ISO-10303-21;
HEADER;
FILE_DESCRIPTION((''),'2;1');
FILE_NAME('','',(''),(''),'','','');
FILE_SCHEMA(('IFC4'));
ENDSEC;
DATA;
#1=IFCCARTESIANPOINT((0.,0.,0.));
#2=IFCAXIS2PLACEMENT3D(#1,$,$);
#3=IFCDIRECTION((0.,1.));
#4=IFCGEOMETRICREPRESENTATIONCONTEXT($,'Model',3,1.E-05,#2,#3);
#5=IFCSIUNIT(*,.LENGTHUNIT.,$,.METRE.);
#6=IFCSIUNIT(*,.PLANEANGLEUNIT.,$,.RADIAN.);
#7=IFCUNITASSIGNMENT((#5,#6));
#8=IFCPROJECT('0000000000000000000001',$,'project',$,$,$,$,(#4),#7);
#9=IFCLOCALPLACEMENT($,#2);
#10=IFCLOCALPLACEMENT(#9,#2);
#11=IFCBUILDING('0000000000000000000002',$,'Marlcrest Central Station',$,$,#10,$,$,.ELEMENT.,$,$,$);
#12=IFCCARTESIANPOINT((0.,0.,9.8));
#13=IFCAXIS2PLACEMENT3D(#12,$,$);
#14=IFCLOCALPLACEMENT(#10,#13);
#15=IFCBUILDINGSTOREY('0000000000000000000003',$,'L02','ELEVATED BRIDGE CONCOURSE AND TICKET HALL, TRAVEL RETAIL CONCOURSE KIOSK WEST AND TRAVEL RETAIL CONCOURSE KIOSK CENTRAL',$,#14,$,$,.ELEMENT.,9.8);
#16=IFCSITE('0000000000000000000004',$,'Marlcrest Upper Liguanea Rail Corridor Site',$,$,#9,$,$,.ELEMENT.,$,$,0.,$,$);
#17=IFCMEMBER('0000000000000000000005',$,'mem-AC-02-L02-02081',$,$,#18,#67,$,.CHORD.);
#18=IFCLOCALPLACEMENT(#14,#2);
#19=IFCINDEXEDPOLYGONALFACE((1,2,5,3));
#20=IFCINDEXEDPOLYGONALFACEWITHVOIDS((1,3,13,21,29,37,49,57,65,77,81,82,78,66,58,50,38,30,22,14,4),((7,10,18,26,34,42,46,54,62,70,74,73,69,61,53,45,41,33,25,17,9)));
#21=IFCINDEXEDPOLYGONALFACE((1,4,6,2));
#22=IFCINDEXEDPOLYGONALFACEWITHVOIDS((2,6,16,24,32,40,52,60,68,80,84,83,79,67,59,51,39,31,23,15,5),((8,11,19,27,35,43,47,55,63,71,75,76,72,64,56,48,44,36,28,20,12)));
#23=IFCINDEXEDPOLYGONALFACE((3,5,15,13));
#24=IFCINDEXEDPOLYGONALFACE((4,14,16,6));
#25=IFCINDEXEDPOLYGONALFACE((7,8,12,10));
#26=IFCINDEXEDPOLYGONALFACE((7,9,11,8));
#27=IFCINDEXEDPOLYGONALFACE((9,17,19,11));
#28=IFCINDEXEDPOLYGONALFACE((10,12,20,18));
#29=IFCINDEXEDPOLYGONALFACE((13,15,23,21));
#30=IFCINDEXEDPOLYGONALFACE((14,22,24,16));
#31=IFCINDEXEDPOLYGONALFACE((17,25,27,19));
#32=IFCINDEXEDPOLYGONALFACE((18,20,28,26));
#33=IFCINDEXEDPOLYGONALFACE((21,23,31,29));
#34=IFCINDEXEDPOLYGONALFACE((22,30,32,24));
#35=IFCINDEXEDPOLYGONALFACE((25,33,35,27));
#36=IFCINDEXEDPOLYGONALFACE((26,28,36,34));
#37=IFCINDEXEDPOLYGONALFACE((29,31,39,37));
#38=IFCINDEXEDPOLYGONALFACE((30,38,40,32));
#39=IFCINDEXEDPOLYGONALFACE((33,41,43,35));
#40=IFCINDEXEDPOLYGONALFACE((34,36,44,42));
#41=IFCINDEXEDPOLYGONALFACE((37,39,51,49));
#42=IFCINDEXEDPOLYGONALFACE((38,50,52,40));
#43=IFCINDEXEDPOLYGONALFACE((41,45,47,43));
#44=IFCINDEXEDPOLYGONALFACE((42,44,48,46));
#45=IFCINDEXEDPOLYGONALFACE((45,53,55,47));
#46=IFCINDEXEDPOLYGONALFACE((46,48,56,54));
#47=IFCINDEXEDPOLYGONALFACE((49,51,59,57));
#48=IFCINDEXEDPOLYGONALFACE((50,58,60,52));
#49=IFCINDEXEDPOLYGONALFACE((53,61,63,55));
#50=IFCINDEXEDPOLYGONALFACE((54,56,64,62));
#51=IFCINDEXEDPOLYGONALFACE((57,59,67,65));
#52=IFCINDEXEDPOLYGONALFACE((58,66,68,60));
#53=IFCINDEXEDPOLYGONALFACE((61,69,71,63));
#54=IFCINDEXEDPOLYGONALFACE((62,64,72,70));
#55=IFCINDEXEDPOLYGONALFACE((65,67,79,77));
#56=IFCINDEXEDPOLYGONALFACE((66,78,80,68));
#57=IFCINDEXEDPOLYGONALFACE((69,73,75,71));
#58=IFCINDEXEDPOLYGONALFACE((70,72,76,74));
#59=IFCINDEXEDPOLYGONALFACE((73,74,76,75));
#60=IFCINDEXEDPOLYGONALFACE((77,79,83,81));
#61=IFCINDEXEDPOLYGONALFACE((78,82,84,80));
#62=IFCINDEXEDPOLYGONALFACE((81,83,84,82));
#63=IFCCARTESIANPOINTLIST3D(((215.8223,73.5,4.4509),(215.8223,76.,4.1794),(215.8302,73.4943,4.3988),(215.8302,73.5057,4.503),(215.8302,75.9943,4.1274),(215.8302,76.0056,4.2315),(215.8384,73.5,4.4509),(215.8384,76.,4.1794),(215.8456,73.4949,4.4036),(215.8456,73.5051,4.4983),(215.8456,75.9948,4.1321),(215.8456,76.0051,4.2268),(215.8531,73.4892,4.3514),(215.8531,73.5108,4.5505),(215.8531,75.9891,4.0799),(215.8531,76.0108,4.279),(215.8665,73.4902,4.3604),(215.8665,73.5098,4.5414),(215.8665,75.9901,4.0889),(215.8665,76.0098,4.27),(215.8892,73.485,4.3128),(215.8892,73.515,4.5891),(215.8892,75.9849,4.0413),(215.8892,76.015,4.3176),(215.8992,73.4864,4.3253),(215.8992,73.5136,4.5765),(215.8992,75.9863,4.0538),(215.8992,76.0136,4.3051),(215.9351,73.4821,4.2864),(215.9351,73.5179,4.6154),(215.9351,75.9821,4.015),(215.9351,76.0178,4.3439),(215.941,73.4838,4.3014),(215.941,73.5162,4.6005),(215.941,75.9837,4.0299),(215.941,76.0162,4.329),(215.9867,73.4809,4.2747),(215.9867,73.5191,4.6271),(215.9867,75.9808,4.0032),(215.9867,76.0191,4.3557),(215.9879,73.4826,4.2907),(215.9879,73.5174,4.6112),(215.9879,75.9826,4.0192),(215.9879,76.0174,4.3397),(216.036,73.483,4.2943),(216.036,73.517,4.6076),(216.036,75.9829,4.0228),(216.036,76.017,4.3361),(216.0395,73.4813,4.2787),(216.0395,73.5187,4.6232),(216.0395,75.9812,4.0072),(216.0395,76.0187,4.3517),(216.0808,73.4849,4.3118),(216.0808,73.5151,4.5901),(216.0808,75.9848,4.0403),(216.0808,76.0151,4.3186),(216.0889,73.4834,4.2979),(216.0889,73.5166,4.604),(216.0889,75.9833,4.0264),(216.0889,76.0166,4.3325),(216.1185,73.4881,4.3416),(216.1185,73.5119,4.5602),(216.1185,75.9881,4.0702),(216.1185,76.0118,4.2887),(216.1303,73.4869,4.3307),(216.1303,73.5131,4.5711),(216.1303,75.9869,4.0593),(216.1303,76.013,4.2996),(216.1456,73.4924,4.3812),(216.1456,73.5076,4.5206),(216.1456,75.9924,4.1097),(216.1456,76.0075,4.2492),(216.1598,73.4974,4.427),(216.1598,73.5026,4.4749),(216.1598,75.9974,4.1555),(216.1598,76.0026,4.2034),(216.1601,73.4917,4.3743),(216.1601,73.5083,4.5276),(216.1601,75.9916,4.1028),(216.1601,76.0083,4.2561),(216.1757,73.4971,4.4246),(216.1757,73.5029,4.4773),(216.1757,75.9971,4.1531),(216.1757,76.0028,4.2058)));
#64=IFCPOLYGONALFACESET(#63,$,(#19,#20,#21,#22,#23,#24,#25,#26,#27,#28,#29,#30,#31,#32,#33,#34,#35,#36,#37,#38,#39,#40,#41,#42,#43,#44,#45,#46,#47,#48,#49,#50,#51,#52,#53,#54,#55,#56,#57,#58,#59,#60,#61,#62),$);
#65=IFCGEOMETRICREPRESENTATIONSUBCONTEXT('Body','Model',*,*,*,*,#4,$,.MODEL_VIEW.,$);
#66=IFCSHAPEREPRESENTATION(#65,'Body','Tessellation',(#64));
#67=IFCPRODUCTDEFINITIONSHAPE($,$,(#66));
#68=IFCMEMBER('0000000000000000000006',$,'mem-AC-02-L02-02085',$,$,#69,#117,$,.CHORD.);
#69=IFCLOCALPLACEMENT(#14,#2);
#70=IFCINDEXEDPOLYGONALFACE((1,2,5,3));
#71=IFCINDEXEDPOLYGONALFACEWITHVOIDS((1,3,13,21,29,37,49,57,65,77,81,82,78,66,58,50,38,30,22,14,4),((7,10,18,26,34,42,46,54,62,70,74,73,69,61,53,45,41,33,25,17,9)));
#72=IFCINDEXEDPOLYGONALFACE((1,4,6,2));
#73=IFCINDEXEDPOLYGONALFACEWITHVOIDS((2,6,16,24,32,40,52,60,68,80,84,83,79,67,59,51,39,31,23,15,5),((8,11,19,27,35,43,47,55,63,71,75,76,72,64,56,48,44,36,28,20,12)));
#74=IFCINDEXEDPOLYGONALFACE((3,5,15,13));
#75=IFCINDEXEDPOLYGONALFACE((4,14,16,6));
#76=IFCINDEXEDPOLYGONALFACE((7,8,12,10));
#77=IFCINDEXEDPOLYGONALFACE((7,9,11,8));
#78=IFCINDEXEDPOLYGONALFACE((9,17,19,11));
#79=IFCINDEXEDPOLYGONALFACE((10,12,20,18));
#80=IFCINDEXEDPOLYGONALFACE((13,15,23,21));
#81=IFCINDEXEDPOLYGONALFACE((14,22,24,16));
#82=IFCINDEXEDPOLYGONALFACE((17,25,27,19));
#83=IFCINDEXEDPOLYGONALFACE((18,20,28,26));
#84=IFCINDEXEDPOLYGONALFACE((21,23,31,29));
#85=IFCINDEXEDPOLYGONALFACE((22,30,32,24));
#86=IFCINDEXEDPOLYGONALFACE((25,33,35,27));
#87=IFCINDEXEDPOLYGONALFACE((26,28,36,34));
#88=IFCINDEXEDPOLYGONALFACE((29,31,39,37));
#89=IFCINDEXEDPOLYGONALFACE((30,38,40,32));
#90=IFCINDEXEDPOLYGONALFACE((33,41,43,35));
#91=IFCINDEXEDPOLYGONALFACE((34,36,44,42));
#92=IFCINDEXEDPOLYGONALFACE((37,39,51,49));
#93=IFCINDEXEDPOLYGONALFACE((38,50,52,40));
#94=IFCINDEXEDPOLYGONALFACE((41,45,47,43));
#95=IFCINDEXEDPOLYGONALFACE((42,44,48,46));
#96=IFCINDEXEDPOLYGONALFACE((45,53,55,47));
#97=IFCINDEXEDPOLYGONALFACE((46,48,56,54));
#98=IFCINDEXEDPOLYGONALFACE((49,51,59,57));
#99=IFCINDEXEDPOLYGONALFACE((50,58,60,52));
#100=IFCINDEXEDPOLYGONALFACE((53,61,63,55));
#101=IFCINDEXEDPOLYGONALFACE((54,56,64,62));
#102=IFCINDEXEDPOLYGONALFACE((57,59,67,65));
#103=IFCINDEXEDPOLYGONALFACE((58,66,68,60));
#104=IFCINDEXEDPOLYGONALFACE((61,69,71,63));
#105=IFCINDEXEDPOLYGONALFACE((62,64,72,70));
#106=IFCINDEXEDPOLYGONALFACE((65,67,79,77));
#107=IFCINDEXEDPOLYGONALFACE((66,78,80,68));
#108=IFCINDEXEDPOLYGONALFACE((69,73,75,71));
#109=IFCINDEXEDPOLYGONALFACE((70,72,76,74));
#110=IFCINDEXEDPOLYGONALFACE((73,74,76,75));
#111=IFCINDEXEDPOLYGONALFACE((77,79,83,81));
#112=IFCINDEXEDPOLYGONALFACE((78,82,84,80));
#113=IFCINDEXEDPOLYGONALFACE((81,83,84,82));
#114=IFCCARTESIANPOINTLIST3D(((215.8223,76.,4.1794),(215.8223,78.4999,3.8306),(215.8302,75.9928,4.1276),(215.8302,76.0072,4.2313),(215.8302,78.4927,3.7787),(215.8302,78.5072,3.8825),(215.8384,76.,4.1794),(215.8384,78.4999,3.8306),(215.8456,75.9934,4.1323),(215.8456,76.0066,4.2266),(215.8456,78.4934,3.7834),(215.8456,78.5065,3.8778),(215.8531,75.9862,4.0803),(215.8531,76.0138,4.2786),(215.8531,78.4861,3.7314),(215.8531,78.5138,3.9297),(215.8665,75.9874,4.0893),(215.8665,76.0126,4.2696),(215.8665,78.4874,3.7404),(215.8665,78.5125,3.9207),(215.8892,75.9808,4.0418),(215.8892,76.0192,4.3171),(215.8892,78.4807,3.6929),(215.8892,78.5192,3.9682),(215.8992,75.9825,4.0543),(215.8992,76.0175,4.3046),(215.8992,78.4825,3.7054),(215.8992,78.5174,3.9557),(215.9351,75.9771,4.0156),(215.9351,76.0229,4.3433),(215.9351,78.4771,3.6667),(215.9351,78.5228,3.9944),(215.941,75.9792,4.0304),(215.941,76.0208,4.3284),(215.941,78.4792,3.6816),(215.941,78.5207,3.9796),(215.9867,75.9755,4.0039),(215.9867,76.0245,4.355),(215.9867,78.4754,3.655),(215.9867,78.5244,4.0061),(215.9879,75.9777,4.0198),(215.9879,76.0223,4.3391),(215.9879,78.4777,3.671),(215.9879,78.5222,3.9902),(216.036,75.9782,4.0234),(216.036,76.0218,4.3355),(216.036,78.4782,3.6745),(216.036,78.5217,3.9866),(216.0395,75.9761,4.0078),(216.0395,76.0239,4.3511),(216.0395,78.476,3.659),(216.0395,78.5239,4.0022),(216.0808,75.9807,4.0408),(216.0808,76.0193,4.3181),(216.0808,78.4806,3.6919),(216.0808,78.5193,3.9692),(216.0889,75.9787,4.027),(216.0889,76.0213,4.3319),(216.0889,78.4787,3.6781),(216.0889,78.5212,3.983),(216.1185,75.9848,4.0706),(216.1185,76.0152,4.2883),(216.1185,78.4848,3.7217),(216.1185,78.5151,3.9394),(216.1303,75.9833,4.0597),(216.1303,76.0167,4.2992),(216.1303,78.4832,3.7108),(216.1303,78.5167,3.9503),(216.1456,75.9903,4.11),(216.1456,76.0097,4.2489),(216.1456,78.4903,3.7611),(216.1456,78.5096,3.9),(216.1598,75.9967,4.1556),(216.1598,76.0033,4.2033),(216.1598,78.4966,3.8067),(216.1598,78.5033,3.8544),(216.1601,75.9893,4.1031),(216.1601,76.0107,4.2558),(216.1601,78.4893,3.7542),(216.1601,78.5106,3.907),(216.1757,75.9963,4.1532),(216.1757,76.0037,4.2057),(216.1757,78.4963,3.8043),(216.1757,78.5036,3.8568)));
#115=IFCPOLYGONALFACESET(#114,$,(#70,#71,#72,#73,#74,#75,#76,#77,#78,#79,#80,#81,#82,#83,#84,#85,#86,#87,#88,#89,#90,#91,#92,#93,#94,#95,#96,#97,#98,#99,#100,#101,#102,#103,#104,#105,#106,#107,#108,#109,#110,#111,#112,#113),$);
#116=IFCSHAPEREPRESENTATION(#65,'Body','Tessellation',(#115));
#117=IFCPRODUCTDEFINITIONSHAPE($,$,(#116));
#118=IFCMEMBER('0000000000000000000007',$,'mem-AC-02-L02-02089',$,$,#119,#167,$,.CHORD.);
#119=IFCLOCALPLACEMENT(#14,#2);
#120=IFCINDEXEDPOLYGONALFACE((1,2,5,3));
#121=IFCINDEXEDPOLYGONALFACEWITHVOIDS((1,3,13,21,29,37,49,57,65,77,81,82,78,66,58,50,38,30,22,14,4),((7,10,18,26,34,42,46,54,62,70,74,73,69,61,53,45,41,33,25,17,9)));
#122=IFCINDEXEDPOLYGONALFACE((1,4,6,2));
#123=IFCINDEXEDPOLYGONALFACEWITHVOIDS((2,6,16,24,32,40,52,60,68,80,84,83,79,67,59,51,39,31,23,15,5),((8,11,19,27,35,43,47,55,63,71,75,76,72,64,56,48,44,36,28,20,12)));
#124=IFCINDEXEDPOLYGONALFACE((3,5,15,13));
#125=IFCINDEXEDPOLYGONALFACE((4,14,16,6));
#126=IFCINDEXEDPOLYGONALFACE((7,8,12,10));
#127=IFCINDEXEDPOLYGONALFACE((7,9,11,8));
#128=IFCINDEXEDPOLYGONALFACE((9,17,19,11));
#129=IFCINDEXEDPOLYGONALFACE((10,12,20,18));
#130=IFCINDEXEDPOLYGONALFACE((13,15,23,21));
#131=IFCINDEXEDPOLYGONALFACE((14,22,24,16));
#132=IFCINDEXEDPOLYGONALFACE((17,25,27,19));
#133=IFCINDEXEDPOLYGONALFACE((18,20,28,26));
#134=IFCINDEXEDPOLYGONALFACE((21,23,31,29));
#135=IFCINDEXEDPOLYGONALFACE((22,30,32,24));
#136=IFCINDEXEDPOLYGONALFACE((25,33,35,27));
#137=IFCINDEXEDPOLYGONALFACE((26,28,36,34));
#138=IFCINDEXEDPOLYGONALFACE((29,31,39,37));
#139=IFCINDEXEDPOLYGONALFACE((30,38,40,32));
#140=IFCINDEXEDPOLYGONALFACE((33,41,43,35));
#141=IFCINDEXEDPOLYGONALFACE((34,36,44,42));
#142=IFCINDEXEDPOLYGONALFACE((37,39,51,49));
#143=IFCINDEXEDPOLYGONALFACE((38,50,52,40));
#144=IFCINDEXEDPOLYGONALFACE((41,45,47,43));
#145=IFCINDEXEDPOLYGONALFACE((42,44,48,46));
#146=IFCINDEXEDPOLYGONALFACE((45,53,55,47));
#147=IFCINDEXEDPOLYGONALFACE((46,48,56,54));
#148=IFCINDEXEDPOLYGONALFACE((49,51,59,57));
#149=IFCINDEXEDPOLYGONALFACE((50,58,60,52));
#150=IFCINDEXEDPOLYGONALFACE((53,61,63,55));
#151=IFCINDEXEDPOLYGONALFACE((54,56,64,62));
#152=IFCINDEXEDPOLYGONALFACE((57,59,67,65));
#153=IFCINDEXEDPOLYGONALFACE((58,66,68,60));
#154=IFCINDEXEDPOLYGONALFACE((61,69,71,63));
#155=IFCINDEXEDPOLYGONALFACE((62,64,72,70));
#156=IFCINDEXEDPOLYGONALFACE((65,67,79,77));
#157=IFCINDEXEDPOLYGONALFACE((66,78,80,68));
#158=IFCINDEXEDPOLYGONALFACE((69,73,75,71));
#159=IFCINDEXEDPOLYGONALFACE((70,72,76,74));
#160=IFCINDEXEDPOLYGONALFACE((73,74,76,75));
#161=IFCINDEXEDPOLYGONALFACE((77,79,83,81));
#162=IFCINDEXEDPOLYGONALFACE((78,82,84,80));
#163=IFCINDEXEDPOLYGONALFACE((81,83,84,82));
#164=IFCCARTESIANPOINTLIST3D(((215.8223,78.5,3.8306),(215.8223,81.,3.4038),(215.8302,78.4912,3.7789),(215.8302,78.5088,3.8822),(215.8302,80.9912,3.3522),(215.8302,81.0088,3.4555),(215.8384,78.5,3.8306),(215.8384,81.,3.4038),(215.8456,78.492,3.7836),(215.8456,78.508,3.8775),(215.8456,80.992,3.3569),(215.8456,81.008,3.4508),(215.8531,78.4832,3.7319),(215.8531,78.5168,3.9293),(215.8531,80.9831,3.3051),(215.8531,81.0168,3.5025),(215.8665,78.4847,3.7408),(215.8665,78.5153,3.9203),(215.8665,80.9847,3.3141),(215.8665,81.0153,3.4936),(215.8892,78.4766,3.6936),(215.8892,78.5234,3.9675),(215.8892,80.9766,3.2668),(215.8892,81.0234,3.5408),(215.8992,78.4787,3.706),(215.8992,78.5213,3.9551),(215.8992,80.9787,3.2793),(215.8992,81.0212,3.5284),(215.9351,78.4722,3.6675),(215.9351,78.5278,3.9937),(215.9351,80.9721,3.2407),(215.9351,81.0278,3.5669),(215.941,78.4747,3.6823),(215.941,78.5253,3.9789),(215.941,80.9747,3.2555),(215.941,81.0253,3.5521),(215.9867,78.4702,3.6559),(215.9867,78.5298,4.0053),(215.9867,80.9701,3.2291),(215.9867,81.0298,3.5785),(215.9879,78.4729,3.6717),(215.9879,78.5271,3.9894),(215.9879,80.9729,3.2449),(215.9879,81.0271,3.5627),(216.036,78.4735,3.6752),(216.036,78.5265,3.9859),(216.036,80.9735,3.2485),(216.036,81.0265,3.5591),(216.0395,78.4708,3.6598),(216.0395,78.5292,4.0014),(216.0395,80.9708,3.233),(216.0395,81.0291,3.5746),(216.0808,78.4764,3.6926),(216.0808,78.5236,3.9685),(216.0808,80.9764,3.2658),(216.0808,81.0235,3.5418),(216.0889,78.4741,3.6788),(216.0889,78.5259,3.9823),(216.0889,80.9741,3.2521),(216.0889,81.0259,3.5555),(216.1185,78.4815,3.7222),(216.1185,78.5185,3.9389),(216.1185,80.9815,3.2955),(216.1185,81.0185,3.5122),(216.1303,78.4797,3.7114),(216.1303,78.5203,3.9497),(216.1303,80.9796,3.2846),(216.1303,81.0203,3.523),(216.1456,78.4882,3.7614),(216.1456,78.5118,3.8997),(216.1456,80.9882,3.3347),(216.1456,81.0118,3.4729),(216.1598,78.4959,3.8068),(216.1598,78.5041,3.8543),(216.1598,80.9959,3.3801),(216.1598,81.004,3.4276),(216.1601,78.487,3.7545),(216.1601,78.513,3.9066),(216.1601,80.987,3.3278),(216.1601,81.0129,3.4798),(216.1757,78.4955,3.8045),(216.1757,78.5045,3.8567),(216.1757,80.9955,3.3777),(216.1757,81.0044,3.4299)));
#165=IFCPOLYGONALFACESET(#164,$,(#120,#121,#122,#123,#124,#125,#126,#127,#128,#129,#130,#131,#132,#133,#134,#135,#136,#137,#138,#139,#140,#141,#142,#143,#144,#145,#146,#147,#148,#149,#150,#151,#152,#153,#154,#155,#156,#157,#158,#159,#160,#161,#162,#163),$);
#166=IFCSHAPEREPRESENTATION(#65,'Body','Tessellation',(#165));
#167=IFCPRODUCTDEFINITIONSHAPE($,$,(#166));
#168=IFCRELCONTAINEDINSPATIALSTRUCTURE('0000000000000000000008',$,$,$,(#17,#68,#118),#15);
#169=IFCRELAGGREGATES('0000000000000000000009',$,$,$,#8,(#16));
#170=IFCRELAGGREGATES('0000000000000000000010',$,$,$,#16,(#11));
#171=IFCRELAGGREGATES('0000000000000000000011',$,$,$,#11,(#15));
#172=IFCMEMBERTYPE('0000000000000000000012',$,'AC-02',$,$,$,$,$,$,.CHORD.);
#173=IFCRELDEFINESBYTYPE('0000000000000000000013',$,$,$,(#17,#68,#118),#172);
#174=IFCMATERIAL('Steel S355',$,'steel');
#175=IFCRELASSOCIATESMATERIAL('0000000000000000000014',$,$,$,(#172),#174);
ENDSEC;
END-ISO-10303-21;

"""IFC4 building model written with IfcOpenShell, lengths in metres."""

from ifc_helpers import new_model, si_unit, direction, frame, origin, origin_2d, place, context, subcontext, project, spatial, hollow_circle, extrude, material, material_profile, profile_set, type_object, element, save


model = new_model("IFC4")

# Units and contexts
model_context = context("Model", 3, precision=1e-05, world=origin(), true_north=direction((0.0, 1.0)))
body_context = subcontext(model_context, "Body", "Model", "MODEL_VIEW")
ifc_project = project(units=[si_unit("LENGTHUNIT", "METRE"), si_unit("PLANEANGLEUNIT", "RADIAN")], contexts=[model_context])

# Site, building, storey
site_placement = place(None, origin())
site = spatial("IfcSite", under=ifc_project, at=site_placement, Name="Marlcrest Upper Liguanea Rail Corridor Site", CompositionType="ELEMENT", RefElevation=0.0)
building_placement = place(site_placement, origin())
building = spatial("IfcBuilding", under=site, at=building_placement, Name="Marlcrest Central Station", CompositionType="ELEMENT")
storey_placement = place(building_placement, frame((0.0, 0.0, 9.8)))
storey = spatial("IfcBuildingStorey", under=building, at=storey_placement, Name="L02", Description="ELEVATED BRIDGE CONCOURSE AND TICKET HALL, TRAVEL RETAIL CONCOURSE KIOSK WEST AND TRAVEL RETAIL CONCOURSE KIOSK CENTRAL", CompositionType="ELEMENT", Elevation=9.8)

# Members
ifc_material = material(Name="Steel S355", Category="steel")
ifc_material_profile_1 = material_profile(ifc_material, hollow_circle(Radius=0.1777, WallThickness=0.0161, at=origin_2d()), Name="CHS 355.6x16")
ifc_profile_set_1 = profile_set([ifc_material_profile_1], Name="Steel S355")
member_type_1 = type_object("IfcMemberType", Name="AC-02", PredefinedType="CHORD", material=ifc_profile_set_1)
member_1_placement = place(storey_placement, frame((216.0, 73.5, 4.4509), z_axis=(0.0, 0.994155, -0.107959), x_axis=(-1.0, 0.0, 0.0)))
element("IfcMember", 1, at=member_1_placement, inside=storey, type_object=member_type_1, Name="mem-AC-02-L02-02081", PredefinedType="CHORD", context=body_context, shape_type="SweptSolid", body=[
    extrude(hollow_circle(Radius=0.1777, WallThickness=0.0161, at=origin_2d()), origin(), (0.0, 0.0, 1.0), 2.5146),
])
member_2_placement = place(storey_placement, frame((216.0, 76.0, 4.1794), z_axis=(0.0, 0.990403, -0.138211), x_axis=(-1.0, 0.0, 0.0)))
element("IfcMember", 2, at=member_2_placement, inside=storey, type_object=member_type_1, Name="mem-AC-02-L02-02085", PredefinedType="CHORD", context=body_context, shape_type="SweptSolid", body=[
    extrude(hollow_circle(Radius=0.1777, WallThickness=0.0161, at=origin_2d()), origin(), (0.0, 0.0, 1.0), 2.5242),
])
member_3_placement = place(storey_placement, frame((216.0, 78.5, 3.8306), z_axis=(0.0, 0.985741, -0.168269), x_axis=(-1.0, 0.0, 0.0)))
element("IfcMember", 3, at=member_3_placement, inside=storey, type_object=member_type_1, Name="mem-AC-02-L02-02089", PredefinedType="CHORD", context=body_context, shape_type="SweptSolid", body=[
    extrude(hollow_circle(Radius=0.1777, WallThickness=0.0161, at=origin_2d()), origin(), (0.0, 0.0, 1.0), 2.5361),
])

save(model, "model.ifc")
